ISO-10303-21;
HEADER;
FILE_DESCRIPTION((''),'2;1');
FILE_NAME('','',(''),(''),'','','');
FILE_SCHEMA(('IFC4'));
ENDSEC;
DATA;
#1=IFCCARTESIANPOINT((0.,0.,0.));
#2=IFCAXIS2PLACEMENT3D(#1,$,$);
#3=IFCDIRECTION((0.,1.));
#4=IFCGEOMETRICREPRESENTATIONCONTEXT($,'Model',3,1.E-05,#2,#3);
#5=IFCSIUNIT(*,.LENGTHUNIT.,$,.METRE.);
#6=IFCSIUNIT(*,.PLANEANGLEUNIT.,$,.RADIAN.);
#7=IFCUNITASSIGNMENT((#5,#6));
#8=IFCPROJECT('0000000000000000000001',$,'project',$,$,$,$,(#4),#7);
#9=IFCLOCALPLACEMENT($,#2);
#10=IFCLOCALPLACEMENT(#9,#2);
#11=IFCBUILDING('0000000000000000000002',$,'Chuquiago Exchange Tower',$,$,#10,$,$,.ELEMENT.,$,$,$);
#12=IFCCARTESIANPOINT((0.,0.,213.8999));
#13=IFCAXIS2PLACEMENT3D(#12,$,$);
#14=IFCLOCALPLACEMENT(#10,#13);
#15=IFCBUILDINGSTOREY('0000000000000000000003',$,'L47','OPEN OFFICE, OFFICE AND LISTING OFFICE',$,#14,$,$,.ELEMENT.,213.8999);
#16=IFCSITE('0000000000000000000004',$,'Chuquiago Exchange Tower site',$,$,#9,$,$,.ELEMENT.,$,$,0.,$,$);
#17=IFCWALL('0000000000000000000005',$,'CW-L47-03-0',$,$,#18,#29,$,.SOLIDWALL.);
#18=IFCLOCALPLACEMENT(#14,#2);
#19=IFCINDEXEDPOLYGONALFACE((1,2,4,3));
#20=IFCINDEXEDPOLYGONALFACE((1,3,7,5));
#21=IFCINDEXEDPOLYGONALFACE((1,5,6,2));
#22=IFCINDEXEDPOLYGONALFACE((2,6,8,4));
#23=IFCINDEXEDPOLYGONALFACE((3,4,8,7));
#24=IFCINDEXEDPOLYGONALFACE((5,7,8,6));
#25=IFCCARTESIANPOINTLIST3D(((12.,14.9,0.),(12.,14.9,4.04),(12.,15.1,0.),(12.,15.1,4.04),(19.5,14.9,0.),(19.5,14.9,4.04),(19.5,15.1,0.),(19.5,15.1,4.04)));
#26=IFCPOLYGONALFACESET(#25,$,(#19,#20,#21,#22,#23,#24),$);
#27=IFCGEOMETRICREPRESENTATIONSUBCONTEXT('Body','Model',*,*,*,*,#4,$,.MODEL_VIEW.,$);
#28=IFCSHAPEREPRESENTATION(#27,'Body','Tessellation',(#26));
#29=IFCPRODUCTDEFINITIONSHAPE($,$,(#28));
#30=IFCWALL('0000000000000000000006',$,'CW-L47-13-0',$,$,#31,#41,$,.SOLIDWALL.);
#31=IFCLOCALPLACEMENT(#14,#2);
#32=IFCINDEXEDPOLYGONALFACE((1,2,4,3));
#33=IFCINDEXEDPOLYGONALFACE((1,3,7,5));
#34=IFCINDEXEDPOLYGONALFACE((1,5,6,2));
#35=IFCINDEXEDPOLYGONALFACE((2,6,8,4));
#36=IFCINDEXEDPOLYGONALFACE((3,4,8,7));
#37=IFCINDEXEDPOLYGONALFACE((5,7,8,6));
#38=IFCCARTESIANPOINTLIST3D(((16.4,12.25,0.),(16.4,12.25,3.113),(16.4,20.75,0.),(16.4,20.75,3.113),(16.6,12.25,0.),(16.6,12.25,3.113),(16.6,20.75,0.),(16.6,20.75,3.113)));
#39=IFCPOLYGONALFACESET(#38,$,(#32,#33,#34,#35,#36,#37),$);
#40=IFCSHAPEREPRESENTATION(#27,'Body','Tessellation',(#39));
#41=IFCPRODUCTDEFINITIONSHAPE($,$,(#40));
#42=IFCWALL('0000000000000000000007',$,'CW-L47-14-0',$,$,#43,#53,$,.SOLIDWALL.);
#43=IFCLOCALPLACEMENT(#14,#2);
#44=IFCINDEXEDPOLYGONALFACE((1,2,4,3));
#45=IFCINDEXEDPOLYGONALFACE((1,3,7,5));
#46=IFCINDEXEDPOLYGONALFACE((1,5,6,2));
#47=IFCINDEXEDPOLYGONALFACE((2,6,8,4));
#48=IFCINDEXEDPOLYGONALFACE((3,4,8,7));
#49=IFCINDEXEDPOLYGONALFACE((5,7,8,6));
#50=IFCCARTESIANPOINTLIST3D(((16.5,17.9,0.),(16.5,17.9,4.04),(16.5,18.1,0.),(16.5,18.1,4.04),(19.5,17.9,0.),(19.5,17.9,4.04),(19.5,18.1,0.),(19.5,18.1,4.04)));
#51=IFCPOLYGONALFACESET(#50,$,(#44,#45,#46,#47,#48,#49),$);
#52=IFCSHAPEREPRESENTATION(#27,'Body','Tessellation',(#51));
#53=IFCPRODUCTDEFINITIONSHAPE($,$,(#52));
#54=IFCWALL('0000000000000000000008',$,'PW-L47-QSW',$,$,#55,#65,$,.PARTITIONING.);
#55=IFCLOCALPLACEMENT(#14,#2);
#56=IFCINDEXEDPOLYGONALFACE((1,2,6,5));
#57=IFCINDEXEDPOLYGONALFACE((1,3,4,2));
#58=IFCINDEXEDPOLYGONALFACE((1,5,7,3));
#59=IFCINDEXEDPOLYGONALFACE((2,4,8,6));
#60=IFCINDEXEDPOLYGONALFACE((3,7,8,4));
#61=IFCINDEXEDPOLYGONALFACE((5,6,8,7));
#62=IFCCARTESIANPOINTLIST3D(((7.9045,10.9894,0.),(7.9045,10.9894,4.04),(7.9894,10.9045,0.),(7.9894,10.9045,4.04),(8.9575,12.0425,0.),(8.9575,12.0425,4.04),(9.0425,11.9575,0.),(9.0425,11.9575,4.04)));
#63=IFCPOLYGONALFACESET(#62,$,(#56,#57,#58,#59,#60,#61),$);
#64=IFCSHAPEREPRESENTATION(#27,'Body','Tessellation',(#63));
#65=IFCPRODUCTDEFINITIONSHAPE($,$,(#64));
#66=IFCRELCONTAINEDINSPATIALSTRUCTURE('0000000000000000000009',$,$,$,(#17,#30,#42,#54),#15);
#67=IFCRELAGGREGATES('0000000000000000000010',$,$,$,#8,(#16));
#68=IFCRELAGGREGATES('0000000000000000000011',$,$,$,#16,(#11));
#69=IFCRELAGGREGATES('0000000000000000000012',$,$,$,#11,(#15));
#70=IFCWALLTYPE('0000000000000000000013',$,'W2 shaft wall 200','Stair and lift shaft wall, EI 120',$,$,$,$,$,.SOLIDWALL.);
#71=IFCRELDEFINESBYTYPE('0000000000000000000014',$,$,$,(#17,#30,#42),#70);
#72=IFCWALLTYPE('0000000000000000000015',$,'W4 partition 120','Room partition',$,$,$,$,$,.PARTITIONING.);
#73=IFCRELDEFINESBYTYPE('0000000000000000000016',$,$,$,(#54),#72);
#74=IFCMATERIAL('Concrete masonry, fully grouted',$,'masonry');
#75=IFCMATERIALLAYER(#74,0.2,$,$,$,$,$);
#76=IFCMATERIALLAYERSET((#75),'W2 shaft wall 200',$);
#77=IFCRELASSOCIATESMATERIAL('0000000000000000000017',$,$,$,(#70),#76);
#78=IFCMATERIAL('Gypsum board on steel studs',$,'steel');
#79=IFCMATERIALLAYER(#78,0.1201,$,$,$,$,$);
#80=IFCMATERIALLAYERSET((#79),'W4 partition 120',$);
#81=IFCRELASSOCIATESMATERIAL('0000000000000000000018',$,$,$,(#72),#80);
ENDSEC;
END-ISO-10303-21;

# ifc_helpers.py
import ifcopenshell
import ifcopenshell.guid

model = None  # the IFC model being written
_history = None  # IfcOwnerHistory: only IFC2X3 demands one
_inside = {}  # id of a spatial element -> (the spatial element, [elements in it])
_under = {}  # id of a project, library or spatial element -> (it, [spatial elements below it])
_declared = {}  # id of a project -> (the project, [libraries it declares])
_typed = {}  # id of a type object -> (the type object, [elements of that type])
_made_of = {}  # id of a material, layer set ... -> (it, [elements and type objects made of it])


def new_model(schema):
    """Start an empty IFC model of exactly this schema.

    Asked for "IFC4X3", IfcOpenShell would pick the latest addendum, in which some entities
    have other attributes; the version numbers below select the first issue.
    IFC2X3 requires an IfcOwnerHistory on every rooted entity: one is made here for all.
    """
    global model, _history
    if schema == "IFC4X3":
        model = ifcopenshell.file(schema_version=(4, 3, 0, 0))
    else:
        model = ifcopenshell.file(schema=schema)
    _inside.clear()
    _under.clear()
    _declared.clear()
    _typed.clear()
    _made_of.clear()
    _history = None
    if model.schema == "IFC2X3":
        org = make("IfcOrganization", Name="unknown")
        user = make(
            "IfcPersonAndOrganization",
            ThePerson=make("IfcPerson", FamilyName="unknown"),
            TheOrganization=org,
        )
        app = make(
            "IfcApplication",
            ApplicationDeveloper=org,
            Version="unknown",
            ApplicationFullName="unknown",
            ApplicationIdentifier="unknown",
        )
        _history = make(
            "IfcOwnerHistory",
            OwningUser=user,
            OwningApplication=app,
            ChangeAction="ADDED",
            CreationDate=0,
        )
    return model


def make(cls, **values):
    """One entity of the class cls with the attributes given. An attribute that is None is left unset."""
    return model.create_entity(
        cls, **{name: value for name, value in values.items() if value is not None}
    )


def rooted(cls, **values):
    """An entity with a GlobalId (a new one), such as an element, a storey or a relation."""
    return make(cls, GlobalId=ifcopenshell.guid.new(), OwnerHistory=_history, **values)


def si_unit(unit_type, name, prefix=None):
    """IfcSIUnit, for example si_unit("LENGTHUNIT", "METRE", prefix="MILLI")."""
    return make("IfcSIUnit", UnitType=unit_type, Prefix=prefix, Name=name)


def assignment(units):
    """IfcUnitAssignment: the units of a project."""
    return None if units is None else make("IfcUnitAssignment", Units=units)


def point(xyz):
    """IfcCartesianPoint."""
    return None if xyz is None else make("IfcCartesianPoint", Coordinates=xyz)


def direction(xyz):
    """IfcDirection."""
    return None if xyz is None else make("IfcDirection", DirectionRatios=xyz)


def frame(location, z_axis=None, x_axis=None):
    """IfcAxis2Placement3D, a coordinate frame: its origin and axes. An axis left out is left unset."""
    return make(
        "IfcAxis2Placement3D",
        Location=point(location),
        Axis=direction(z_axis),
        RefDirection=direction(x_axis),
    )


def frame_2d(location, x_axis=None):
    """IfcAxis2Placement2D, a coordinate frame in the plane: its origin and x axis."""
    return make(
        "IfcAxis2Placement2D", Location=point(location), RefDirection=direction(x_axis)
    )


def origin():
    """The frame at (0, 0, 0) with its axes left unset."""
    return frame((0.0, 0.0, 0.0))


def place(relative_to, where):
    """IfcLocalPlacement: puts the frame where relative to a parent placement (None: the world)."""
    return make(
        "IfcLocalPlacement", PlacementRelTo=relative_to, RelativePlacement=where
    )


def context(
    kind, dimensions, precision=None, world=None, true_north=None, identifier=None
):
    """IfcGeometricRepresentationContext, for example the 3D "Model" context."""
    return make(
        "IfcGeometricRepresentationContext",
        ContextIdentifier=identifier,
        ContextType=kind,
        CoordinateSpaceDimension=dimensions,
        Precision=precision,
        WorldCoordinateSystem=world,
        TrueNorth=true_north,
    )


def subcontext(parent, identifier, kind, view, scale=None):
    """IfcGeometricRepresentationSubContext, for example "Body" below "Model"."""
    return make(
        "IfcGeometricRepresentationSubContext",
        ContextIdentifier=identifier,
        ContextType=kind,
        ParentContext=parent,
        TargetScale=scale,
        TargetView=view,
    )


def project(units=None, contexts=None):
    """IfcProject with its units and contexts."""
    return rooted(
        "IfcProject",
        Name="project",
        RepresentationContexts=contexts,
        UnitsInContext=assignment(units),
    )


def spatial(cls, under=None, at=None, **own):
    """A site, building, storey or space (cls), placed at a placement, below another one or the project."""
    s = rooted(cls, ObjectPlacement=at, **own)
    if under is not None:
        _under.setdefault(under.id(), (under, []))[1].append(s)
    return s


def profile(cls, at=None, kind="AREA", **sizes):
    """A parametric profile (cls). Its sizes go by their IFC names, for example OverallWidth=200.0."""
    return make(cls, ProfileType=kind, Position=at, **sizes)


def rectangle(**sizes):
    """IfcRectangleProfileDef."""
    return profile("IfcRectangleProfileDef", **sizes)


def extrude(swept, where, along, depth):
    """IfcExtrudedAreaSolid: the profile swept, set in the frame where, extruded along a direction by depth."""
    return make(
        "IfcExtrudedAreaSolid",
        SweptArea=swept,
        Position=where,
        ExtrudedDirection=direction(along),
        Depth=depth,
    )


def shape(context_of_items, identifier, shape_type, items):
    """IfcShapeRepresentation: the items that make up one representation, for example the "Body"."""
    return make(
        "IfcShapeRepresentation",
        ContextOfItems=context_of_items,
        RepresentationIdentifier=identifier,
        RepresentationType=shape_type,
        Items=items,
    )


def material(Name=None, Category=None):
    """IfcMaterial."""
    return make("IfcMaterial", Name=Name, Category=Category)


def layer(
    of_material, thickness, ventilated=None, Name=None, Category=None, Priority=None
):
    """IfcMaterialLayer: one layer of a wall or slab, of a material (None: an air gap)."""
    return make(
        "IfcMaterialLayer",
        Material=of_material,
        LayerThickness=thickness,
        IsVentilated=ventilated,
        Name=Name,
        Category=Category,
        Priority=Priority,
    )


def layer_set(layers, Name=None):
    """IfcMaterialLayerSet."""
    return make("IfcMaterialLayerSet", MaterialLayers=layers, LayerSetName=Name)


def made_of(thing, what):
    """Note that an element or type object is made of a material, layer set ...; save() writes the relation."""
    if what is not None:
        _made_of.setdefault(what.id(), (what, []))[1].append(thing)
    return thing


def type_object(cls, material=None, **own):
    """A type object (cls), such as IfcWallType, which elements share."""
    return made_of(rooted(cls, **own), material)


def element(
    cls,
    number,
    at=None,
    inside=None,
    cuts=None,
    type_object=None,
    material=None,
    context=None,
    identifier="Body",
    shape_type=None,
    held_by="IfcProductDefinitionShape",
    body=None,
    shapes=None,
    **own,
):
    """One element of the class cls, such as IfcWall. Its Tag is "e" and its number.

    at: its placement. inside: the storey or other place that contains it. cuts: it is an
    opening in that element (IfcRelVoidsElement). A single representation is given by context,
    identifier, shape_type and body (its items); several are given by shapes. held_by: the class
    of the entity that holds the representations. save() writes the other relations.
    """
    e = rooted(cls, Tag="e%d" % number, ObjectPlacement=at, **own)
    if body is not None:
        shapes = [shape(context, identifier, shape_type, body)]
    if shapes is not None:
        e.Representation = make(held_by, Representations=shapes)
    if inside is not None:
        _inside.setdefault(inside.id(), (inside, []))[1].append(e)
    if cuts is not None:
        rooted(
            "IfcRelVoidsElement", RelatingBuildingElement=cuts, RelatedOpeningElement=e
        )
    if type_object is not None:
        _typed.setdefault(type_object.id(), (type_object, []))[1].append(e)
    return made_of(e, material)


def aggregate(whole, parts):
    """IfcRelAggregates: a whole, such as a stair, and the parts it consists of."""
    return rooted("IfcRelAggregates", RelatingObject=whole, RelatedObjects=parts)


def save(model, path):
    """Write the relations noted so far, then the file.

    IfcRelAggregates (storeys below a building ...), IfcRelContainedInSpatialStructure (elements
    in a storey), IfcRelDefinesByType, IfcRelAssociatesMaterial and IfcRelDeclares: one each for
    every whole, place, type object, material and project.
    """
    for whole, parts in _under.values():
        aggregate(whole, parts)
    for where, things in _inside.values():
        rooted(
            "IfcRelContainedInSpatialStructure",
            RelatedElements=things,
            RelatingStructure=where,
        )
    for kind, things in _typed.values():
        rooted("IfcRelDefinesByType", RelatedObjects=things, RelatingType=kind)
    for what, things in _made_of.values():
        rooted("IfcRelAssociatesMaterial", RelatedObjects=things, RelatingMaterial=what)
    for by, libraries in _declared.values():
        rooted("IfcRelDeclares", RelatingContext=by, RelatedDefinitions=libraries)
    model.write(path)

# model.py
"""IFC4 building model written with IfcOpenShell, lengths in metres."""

from ifc_helpers import new_model, si_unit, direction, frame, frame_2d, origin, place, context, subcontext, project, spatial, rectangle, extrude, material, layer, layer_set, type_object, element, save


model = new_model("IFC4")

# Units and contexts
model_context = context("Model", 3, precision=1e-05, world=origin(), true_north=direction((0.0, 1.0)))
body_context = subcontext(model_context, "Body", "Model", "MODEL_VIEW")
ifc_project = project(units=[si_unit("LENGTHUNIT", "METRE"), si_unit("PLANEANGLEUNIT", "RADIAN")], contexts=[model_context])

# Site, building, storey
site_placement = place(None, origin())
site = spatial("IfcSite", under=ifc_project, at=site_placement, Name="Chuquiago Exchange Tower site", CompositionType="ELEMENT", RefElevation=0.0)
building_placement = place(site_placement, origin())
building = spatial("IfcBuilding", under=site, at=building_placement, Name="Chuquiago Exchange Tower", CompositionType="ELEMENT")
storey_placement = place(building_placement, frame((0.0, 0.0, 213.8999)))
storey = spatial("IfcBuildingStorey", under=building, at=storey_placement, Name="L47", Description="OPEN OFFICE, OFFICE AND LISTING OFFICE", CompositionType="ELEMENT", Elevation=213.8999)

# Walls
ifc_material_1 = material(Name="Concrete masonry, fully grouted", Category="masonry")
ifc_layer_1 = layer(ifc_material_1, 0.2)
ifc_layer_set_1 = layer_set([ifc_layer_1], Name="W2 shaft wall 200")
wall_type_1 = type_object("IfcWallType", Name="W2 shaft wall 200", Description="Stair and lift shaft wall, EI 120", PredefinedType="SOLIDWALL", material=ifc_layer_set_1)
wall_1_placement = place(storey_placement, frame((12.0, 15.0, 0.0), z_axis=(0.0, 0.0, 1.0), x_axis=(1.0, 0.0, 0.0)))
element("IfcWall", 1, at=wall_1_placement, inside=storey, type_object=wall_type_1, Name="CW-L47-03-0", PredefinedType="SOLIDWALL", context=body_context, shape_type="SweptSolid", body=[
    extrude(rectangle(XDim=7.5, YDim=0.2, at=frame_2d((3.75, 0.0))), origin(), (0.0, 0.0, 1.0), 4.04),
])
wall_2_placement = place(storey_placement, frame((16.5, 12.25, 0.0), z_axis=(0.0, 0.0, 1.0), x_axis=(0.0, 1.0, 0.0)))
element("IfcWall", 2, at=wall_2_placement, inside=storey, type_object=wall_type_1, Name="CW-L47-13-0", PredefinedType="SOLIDWALL", context=body_context, shape_type="SweptSolid", body=[
    extrude(rectangle(XDim=8.5, YDim=0.2, at=frame_2d((4.25, 0.0))), origin(), (0.0, 0.0, 1.0), 3.113),
])
wall_3_placement = place(storey_placement, frame((16.5, 18.0, 0.0), z_axis=(0.0, 0.0, 1.0), x_axis=(1.0, 0.0, 0.0)))
element("IfcWall", 3, at=wall_3_placement, inside=storey, type_object=wall_type_1, Name="CW-L47-14-0", PredefinedType="SOLIDWALL", context=body_context, shape_type="SweptSolid", body=[
    extrude(rectangle(XDim=3.0, YDim=0.2, at=frame_2d((1.5, 0.0))), origin(), (0.0, 0.0, 1.0), 4.04),
])
ifc_material_2 = material(Name="Gypsum board on steel studs", Category="steel")
ifc_layer_2 = layer(ifc_material_2, 0.1201)
ifc_layer_set_2 = layer_set([ifc_layer_2], Name="W4 partition 120")
wall_type_2 = type_object("IfcWallType", Name="W4 partition 120", Description="Room partition", PredefinedType="PARTITIONING", material=ifc_layer_set_2)
wall_4_placement = place(storey_placement, frame((9.0, 12.0, 0.0), z_axis=(0.0, 0.0, 1.0), x_axis=(-0.707107, -0.707107, 0.0)))
element("IfcWall", 4, at=wall_4_placement, inside=storey, type_object=wall_type_2, Name="PW-L47-QSW", PredefinedType="PARTITIONING", context=body_context, shape_type="SweptSolid", body=[
    extrude(rectangle(XDim=1.4893, YDim=0.1201, at=frame_2d((0.7446, 0.0))), origin(), (0.0, 0.0, 1.0), 4.04),
])

save(model, "model.ifc")
